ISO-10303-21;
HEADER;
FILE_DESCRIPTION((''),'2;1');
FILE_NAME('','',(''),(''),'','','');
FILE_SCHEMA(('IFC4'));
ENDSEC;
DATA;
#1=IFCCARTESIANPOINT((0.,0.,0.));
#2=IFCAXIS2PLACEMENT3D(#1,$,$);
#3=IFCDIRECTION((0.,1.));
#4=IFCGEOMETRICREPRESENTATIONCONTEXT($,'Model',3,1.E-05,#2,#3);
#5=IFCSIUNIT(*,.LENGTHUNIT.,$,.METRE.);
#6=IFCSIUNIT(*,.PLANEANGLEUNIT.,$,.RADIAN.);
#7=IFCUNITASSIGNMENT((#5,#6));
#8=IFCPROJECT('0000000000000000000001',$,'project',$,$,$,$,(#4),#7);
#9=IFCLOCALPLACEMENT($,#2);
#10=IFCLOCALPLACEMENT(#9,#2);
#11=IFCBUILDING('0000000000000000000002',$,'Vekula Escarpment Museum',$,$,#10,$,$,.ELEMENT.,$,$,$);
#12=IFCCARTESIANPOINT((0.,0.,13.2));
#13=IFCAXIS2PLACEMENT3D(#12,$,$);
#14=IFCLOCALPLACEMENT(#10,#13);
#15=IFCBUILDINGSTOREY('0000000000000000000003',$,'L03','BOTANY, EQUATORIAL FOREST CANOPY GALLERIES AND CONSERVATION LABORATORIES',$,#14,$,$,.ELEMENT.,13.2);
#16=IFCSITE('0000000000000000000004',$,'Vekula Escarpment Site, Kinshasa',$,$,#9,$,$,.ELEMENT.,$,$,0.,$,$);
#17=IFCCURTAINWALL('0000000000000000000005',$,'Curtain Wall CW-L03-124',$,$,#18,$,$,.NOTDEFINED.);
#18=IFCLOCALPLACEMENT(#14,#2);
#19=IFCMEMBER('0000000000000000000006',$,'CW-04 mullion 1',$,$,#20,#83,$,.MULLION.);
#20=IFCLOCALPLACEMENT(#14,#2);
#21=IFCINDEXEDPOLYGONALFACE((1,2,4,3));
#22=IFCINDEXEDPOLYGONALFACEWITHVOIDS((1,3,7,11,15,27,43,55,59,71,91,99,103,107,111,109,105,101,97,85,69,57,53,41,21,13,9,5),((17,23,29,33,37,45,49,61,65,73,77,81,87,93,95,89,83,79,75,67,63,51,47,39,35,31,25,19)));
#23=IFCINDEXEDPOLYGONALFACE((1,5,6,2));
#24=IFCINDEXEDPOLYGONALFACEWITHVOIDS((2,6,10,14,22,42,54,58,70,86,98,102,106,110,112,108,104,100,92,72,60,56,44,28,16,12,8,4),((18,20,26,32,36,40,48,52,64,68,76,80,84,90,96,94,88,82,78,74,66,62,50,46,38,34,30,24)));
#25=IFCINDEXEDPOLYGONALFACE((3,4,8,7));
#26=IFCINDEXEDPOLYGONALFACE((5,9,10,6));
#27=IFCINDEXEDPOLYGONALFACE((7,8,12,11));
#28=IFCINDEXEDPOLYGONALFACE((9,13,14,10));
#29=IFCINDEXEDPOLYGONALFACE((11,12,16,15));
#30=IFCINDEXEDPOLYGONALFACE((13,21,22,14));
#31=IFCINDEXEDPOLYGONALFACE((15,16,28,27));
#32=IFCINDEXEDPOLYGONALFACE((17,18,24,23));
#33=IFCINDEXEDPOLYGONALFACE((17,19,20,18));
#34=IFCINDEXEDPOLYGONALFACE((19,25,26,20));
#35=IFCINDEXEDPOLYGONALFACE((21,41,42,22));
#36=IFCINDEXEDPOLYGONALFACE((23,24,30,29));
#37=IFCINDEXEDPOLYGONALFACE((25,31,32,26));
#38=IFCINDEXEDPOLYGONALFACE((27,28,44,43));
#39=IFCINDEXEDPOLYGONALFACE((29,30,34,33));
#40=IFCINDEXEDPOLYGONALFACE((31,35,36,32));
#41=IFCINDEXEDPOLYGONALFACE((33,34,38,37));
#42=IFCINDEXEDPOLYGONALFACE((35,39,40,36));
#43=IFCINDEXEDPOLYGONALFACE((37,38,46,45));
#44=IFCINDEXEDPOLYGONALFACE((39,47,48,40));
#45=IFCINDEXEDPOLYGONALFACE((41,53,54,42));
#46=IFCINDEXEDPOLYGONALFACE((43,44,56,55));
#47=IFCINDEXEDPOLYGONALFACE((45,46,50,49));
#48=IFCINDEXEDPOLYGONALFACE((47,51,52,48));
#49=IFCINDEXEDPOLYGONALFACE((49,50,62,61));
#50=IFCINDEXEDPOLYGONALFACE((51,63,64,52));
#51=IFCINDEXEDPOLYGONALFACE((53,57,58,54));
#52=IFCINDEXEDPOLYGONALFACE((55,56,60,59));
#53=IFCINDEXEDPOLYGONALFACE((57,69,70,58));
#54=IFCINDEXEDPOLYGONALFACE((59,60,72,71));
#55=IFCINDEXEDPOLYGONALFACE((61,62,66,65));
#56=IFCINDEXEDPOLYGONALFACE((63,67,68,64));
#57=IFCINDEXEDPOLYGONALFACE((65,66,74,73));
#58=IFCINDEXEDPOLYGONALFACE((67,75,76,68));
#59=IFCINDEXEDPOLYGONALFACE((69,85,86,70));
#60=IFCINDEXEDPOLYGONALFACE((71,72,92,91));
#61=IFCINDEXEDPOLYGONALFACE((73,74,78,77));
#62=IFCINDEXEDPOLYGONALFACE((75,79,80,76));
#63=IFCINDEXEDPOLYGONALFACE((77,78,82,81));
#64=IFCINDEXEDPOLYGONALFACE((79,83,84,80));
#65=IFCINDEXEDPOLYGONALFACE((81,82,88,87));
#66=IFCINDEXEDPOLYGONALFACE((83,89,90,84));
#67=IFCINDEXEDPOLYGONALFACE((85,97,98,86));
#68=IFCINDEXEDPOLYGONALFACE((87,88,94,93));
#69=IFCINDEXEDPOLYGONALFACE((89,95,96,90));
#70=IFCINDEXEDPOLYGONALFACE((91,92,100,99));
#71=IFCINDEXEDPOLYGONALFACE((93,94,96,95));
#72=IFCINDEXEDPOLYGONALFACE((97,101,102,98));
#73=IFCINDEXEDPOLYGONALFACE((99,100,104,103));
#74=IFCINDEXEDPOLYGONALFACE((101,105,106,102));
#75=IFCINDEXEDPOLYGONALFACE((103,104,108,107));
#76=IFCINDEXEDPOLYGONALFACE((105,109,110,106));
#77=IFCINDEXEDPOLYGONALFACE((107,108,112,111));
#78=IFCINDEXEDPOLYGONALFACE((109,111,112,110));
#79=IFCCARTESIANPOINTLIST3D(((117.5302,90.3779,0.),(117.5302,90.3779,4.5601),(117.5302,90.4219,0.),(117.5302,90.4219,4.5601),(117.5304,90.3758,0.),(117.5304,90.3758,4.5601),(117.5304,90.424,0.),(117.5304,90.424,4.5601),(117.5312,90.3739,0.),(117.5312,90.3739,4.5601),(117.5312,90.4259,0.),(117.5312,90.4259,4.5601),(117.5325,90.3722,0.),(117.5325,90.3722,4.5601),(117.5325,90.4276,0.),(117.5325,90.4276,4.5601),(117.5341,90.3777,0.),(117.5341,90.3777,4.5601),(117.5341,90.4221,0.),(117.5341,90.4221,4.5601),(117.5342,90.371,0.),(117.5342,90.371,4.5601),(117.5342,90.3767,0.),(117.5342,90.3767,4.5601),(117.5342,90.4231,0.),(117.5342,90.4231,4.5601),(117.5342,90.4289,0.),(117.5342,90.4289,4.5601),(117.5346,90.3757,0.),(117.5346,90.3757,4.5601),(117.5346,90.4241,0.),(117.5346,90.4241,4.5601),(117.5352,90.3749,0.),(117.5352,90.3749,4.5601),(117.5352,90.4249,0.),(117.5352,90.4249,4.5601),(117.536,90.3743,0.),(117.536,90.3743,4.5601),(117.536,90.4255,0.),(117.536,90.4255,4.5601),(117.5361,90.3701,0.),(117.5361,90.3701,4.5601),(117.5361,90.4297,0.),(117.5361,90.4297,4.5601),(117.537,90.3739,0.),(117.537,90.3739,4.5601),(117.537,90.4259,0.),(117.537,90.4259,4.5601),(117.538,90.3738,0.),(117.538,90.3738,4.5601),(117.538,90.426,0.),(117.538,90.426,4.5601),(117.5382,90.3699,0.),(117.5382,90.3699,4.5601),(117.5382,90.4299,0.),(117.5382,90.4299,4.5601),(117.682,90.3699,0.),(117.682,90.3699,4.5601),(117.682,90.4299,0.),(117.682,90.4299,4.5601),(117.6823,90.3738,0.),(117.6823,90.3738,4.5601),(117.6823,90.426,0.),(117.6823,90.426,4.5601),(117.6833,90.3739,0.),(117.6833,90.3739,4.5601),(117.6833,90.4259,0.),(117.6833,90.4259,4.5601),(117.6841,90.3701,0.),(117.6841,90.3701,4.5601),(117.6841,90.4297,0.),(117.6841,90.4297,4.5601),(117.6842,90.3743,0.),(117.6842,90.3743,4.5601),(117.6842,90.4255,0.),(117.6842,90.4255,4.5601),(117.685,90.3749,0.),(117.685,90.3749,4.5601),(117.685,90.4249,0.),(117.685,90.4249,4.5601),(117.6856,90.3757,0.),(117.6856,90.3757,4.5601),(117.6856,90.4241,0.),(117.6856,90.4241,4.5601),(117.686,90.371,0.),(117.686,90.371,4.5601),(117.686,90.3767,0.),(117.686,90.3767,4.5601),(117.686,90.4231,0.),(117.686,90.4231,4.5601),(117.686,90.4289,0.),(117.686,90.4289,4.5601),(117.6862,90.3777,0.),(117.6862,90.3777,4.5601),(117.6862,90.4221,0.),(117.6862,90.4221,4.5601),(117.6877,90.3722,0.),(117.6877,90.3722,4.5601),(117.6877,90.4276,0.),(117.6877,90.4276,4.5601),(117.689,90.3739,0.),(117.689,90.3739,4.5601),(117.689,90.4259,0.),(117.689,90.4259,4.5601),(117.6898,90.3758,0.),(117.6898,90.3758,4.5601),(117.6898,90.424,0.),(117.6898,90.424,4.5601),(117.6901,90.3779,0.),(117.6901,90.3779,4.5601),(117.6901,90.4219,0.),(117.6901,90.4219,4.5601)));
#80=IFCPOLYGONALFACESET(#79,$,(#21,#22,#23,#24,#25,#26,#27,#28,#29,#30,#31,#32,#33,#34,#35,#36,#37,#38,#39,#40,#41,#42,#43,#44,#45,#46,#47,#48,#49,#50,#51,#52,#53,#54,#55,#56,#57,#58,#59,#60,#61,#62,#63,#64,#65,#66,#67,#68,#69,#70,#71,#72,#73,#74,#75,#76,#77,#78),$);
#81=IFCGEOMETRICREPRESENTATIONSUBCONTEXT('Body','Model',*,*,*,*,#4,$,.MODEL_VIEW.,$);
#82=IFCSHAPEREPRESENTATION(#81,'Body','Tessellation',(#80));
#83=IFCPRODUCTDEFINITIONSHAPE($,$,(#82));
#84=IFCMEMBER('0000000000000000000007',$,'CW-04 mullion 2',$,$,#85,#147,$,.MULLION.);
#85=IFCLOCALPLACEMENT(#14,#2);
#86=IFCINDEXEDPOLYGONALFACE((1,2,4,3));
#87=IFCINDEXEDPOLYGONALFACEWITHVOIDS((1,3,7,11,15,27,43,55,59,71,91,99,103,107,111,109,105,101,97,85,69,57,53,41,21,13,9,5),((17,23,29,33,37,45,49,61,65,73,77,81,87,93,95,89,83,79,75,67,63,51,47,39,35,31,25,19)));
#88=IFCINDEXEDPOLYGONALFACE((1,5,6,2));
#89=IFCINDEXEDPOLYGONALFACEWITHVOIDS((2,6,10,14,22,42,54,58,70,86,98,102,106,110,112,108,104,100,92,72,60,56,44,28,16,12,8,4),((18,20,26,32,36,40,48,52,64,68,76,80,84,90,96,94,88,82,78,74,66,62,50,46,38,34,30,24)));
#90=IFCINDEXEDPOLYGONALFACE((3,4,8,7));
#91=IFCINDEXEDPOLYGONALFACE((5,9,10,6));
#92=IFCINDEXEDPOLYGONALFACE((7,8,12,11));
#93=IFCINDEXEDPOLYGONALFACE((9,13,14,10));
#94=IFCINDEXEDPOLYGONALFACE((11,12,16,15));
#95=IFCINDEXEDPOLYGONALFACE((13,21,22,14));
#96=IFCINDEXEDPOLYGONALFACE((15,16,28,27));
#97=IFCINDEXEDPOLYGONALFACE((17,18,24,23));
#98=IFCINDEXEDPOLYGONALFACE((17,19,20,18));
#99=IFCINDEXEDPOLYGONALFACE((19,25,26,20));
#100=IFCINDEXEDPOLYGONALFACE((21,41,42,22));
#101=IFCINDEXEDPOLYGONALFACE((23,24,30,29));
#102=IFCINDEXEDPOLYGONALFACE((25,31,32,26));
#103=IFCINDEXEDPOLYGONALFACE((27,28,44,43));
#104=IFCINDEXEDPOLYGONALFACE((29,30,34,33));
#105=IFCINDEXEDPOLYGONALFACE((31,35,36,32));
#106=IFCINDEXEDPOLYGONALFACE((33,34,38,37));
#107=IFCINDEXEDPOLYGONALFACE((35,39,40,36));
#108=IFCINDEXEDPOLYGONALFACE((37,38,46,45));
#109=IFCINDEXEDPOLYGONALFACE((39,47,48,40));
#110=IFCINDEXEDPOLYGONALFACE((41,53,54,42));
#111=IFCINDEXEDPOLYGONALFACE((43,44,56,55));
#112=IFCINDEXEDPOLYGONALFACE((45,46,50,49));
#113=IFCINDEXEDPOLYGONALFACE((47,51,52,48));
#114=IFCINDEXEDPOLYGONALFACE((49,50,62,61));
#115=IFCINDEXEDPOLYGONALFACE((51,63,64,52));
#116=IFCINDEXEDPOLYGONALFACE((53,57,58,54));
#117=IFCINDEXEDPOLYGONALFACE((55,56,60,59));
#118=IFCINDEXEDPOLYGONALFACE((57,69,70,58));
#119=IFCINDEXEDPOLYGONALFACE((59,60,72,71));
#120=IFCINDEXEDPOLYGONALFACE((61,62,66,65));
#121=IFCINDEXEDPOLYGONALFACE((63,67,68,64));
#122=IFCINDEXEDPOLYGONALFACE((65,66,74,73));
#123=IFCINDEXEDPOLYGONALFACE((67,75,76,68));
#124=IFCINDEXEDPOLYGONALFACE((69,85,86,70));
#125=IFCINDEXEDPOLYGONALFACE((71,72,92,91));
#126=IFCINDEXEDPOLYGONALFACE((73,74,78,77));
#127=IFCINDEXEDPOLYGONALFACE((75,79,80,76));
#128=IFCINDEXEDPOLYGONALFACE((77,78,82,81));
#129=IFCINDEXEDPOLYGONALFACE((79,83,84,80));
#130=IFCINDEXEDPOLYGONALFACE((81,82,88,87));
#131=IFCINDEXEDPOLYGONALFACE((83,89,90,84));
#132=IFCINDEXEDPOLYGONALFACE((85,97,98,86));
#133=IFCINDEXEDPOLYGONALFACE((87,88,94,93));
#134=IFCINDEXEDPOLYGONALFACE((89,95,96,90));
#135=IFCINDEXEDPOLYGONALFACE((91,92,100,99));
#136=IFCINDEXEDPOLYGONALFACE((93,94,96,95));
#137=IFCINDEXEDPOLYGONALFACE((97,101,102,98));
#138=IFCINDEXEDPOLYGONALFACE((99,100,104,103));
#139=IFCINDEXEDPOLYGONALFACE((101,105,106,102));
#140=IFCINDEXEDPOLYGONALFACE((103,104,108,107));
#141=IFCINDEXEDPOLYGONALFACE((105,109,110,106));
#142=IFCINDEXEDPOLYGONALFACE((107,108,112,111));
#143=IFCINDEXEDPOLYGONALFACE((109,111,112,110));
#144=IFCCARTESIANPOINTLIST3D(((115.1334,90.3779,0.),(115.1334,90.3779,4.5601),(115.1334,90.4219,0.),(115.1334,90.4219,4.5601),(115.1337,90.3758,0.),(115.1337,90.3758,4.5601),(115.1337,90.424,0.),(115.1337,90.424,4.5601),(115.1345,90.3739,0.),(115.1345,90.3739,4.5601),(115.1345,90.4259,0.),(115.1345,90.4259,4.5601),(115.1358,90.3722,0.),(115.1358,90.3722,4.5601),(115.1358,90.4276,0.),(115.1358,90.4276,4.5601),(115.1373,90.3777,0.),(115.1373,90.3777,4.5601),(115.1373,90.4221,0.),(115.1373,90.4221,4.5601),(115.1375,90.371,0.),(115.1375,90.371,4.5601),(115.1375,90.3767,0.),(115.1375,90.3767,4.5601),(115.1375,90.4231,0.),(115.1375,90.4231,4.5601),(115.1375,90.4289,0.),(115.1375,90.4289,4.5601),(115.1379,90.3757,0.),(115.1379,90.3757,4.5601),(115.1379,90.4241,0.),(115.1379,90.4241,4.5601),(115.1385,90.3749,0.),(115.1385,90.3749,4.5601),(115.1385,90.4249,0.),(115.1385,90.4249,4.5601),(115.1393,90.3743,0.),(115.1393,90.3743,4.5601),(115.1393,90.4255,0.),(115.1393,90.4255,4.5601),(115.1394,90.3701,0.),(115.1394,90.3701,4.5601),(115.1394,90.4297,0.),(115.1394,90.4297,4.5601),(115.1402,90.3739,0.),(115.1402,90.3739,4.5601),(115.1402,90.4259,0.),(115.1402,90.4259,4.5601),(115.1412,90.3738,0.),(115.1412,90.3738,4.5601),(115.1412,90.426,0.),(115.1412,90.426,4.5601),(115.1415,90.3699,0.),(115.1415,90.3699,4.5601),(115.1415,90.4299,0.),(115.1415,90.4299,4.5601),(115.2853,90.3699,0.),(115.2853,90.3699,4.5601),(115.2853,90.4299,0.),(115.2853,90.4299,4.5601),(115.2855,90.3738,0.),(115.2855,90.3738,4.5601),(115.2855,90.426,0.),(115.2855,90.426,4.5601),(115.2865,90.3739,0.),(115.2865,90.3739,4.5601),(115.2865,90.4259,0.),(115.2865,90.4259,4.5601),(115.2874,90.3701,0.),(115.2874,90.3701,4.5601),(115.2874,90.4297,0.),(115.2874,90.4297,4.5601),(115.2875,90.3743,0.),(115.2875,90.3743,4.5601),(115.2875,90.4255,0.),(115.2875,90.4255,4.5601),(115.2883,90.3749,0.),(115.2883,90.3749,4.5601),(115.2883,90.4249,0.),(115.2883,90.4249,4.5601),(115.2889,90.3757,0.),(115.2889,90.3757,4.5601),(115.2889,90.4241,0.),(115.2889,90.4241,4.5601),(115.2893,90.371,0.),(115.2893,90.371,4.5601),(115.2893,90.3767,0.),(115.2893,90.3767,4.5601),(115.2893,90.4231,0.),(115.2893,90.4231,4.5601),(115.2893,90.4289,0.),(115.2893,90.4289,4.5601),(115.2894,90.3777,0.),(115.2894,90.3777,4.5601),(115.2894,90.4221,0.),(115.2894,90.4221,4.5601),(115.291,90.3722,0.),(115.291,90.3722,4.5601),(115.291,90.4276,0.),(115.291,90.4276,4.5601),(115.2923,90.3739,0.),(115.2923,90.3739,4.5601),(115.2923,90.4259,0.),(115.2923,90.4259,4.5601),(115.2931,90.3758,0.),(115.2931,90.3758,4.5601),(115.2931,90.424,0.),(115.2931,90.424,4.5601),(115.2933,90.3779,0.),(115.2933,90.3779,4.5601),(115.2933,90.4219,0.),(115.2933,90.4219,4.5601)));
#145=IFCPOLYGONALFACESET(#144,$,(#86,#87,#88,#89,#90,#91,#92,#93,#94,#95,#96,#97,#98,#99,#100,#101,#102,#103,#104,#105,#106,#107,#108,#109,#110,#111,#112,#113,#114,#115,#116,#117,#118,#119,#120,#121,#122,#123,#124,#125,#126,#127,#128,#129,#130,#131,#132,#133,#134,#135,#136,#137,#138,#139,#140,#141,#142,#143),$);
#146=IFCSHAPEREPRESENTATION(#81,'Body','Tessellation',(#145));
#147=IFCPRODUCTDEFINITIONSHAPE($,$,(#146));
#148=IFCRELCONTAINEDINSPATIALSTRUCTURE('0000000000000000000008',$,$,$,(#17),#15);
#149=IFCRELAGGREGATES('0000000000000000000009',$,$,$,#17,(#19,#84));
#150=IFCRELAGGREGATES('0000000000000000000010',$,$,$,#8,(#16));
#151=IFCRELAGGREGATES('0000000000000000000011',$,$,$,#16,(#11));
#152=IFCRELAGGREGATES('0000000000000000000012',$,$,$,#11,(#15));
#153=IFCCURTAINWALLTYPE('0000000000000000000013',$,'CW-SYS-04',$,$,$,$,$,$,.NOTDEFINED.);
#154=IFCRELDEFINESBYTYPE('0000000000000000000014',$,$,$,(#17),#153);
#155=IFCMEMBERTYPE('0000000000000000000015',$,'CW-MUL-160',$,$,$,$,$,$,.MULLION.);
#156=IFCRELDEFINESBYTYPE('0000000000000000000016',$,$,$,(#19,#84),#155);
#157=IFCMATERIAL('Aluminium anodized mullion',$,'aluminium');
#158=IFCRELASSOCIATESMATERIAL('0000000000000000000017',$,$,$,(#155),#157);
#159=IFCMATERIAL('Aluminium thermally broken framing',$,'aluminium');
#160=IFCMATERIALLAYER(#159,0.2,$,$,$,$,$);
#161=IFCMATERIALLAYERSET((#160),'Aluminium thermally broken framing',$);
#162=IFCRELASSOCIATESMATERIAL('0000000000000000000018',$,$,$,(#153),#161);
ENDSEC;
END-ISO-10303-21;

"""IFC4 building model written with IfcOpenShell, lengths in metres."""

from ifc_helpers import new_model, si_unit, direction, frame, origin, origin_2d, place, context, subcontext, project, spatial, hollow_rectangle, extrude, material, layer, layer_set, material_profile, profile_set, type_object, element, aggregate, save


model = new_model("IFC4")

# Units and contexts
model_context = context("Model", 3, precision=1e-05, world=origin(), true_north=direction((0.0, 1.0)))
body_context = subcontext(model_context, "Body", "Model", "MODEL_VIEW")
ifc_project = project(units=[si_unit("LENGTHUNIT", "METRE"), si_unit("PLANEANGLEUNIT", "RADIAN")], contexts=[model_context])

# Site, building, storey
site_placement = place(None, origin())
site = spatial("IfcSite", under=ifc_project, at=site_placement, Name="Vekula Escarpment Site, Kinshasa", CompositionType="ELEMENT", RefElevation=0.0)
building_placement = place(site_placement, origin())
building = spatial("IfcBuilding", under=site, at=building_placement, Name="Vekula Escarpment Museum", CompositionType="ELEMENT")
storey_placement = place(building_placement, frame((0.0, 0.0, 13.2)))
storey = spatial("IfcBuildingStorey", under=building, at=storey_placement, Name="L03", Description="BOTANY, EQUATORIAL FOREST CANOPY GALLERIES AND CONSERVATION LABORATORIES", CompositionType="ELEMENT", Elevation=13.2)

# Curtain wall, members
ifc_material_1 = material(Name="Aluminium anodized mullion", Category="aluminium")
ifc_material_profile_1 = material_profile(ifc_material_1, hollow_rectangle(XDim=0.0601, YDim=0.1599, WallThickness=0.0039, InnerFilletRadius=0.0039, OuterFilletRadius=0.0081, at=origin_2d()), Name="ALU 160x60x4")
ifc_profile_set_1 = profile_set([ifc_material_profile_1], Name="Aluminium anodized mullion")
member_type_1 = type_object("IfcMemberType", Name="CW-MUL-160", PredefinedType="MULLION", material=ifc_profile_set_1)
ifc_material_2 = material(Name="Aluminium thermally broken framing", Category="aluminium")
ifc_layer_1 = layer(ifc_material_2, 0.2)
ifc_layer_set_1 = layer_set([ifc_layer_1], Name="Aluminium thermally broken framing")
curtain_wall_type_1 = type_object("IfcCurtainWallType", Name="CW-SYS-04", PredefinedType="NOTDEFINED", material=ifc_layer_set_1)
curtain_wall_1_placement = place(storey_placement, origin())
curtain_wall_1 = element("IfcCurtainWall", 1, at=curtain_wall_1_placement, inside=storey, type_object=curtain_wall_type_1, Name="Curtain Wall CW-L03-124", PredefinedType="NOTDEFINED")
member_1_placement = place(storey_placement, frame((117.6101, 90.3999, 0.0), z_axis=(0.0, 0.0, 1.0), x_axis=(0.0, -1.0, 0.0)))
member_1 = element("IfcMember", 2, at=member_1_placement, type_object=member_type_1, Name="CW-04 mullion 1", PredefinedType="MULLION", context=body_context, shape_type="SweptSolid", body=[
    extrude(hollow_rectangle(XDim=0.0601, YDim=0.1599, WallThickness=0.0039, InnerFilletRadius=0.0039, OuterFilletRadius=0.0081, at=origin_2d()), origin(), (0.0, 0.0, 1.0), 4.5601),
])
member_2_placement = place(storey_placement, frame((115.2134, 90.3999, 0.0), z_axis=(0.0, 0.0, 1.0), x_axis=(0.0, -1.0, 0.0)))
member_2 = element("IfcMember", 3, at=member_2_placement, type_object=member_type_1, Name="CW-04 mullion 2", PredefinedType="MULLION", context=body_context, shape_type="SweptSolid", body=[
    extrude(hollow_rectangle(XDim=0.0601, YDim=0.1599, WallThickness=0.0039, InnerFilletRadius=0.0039, OuterFilletRadius=0.0081, at=origin_2d()), origin(), (0.0, 0.0, 1.0), 4.5601),
])

aggregate(curtain_wall_1, [member_1, member_2])

save(model, "model.ifc")
